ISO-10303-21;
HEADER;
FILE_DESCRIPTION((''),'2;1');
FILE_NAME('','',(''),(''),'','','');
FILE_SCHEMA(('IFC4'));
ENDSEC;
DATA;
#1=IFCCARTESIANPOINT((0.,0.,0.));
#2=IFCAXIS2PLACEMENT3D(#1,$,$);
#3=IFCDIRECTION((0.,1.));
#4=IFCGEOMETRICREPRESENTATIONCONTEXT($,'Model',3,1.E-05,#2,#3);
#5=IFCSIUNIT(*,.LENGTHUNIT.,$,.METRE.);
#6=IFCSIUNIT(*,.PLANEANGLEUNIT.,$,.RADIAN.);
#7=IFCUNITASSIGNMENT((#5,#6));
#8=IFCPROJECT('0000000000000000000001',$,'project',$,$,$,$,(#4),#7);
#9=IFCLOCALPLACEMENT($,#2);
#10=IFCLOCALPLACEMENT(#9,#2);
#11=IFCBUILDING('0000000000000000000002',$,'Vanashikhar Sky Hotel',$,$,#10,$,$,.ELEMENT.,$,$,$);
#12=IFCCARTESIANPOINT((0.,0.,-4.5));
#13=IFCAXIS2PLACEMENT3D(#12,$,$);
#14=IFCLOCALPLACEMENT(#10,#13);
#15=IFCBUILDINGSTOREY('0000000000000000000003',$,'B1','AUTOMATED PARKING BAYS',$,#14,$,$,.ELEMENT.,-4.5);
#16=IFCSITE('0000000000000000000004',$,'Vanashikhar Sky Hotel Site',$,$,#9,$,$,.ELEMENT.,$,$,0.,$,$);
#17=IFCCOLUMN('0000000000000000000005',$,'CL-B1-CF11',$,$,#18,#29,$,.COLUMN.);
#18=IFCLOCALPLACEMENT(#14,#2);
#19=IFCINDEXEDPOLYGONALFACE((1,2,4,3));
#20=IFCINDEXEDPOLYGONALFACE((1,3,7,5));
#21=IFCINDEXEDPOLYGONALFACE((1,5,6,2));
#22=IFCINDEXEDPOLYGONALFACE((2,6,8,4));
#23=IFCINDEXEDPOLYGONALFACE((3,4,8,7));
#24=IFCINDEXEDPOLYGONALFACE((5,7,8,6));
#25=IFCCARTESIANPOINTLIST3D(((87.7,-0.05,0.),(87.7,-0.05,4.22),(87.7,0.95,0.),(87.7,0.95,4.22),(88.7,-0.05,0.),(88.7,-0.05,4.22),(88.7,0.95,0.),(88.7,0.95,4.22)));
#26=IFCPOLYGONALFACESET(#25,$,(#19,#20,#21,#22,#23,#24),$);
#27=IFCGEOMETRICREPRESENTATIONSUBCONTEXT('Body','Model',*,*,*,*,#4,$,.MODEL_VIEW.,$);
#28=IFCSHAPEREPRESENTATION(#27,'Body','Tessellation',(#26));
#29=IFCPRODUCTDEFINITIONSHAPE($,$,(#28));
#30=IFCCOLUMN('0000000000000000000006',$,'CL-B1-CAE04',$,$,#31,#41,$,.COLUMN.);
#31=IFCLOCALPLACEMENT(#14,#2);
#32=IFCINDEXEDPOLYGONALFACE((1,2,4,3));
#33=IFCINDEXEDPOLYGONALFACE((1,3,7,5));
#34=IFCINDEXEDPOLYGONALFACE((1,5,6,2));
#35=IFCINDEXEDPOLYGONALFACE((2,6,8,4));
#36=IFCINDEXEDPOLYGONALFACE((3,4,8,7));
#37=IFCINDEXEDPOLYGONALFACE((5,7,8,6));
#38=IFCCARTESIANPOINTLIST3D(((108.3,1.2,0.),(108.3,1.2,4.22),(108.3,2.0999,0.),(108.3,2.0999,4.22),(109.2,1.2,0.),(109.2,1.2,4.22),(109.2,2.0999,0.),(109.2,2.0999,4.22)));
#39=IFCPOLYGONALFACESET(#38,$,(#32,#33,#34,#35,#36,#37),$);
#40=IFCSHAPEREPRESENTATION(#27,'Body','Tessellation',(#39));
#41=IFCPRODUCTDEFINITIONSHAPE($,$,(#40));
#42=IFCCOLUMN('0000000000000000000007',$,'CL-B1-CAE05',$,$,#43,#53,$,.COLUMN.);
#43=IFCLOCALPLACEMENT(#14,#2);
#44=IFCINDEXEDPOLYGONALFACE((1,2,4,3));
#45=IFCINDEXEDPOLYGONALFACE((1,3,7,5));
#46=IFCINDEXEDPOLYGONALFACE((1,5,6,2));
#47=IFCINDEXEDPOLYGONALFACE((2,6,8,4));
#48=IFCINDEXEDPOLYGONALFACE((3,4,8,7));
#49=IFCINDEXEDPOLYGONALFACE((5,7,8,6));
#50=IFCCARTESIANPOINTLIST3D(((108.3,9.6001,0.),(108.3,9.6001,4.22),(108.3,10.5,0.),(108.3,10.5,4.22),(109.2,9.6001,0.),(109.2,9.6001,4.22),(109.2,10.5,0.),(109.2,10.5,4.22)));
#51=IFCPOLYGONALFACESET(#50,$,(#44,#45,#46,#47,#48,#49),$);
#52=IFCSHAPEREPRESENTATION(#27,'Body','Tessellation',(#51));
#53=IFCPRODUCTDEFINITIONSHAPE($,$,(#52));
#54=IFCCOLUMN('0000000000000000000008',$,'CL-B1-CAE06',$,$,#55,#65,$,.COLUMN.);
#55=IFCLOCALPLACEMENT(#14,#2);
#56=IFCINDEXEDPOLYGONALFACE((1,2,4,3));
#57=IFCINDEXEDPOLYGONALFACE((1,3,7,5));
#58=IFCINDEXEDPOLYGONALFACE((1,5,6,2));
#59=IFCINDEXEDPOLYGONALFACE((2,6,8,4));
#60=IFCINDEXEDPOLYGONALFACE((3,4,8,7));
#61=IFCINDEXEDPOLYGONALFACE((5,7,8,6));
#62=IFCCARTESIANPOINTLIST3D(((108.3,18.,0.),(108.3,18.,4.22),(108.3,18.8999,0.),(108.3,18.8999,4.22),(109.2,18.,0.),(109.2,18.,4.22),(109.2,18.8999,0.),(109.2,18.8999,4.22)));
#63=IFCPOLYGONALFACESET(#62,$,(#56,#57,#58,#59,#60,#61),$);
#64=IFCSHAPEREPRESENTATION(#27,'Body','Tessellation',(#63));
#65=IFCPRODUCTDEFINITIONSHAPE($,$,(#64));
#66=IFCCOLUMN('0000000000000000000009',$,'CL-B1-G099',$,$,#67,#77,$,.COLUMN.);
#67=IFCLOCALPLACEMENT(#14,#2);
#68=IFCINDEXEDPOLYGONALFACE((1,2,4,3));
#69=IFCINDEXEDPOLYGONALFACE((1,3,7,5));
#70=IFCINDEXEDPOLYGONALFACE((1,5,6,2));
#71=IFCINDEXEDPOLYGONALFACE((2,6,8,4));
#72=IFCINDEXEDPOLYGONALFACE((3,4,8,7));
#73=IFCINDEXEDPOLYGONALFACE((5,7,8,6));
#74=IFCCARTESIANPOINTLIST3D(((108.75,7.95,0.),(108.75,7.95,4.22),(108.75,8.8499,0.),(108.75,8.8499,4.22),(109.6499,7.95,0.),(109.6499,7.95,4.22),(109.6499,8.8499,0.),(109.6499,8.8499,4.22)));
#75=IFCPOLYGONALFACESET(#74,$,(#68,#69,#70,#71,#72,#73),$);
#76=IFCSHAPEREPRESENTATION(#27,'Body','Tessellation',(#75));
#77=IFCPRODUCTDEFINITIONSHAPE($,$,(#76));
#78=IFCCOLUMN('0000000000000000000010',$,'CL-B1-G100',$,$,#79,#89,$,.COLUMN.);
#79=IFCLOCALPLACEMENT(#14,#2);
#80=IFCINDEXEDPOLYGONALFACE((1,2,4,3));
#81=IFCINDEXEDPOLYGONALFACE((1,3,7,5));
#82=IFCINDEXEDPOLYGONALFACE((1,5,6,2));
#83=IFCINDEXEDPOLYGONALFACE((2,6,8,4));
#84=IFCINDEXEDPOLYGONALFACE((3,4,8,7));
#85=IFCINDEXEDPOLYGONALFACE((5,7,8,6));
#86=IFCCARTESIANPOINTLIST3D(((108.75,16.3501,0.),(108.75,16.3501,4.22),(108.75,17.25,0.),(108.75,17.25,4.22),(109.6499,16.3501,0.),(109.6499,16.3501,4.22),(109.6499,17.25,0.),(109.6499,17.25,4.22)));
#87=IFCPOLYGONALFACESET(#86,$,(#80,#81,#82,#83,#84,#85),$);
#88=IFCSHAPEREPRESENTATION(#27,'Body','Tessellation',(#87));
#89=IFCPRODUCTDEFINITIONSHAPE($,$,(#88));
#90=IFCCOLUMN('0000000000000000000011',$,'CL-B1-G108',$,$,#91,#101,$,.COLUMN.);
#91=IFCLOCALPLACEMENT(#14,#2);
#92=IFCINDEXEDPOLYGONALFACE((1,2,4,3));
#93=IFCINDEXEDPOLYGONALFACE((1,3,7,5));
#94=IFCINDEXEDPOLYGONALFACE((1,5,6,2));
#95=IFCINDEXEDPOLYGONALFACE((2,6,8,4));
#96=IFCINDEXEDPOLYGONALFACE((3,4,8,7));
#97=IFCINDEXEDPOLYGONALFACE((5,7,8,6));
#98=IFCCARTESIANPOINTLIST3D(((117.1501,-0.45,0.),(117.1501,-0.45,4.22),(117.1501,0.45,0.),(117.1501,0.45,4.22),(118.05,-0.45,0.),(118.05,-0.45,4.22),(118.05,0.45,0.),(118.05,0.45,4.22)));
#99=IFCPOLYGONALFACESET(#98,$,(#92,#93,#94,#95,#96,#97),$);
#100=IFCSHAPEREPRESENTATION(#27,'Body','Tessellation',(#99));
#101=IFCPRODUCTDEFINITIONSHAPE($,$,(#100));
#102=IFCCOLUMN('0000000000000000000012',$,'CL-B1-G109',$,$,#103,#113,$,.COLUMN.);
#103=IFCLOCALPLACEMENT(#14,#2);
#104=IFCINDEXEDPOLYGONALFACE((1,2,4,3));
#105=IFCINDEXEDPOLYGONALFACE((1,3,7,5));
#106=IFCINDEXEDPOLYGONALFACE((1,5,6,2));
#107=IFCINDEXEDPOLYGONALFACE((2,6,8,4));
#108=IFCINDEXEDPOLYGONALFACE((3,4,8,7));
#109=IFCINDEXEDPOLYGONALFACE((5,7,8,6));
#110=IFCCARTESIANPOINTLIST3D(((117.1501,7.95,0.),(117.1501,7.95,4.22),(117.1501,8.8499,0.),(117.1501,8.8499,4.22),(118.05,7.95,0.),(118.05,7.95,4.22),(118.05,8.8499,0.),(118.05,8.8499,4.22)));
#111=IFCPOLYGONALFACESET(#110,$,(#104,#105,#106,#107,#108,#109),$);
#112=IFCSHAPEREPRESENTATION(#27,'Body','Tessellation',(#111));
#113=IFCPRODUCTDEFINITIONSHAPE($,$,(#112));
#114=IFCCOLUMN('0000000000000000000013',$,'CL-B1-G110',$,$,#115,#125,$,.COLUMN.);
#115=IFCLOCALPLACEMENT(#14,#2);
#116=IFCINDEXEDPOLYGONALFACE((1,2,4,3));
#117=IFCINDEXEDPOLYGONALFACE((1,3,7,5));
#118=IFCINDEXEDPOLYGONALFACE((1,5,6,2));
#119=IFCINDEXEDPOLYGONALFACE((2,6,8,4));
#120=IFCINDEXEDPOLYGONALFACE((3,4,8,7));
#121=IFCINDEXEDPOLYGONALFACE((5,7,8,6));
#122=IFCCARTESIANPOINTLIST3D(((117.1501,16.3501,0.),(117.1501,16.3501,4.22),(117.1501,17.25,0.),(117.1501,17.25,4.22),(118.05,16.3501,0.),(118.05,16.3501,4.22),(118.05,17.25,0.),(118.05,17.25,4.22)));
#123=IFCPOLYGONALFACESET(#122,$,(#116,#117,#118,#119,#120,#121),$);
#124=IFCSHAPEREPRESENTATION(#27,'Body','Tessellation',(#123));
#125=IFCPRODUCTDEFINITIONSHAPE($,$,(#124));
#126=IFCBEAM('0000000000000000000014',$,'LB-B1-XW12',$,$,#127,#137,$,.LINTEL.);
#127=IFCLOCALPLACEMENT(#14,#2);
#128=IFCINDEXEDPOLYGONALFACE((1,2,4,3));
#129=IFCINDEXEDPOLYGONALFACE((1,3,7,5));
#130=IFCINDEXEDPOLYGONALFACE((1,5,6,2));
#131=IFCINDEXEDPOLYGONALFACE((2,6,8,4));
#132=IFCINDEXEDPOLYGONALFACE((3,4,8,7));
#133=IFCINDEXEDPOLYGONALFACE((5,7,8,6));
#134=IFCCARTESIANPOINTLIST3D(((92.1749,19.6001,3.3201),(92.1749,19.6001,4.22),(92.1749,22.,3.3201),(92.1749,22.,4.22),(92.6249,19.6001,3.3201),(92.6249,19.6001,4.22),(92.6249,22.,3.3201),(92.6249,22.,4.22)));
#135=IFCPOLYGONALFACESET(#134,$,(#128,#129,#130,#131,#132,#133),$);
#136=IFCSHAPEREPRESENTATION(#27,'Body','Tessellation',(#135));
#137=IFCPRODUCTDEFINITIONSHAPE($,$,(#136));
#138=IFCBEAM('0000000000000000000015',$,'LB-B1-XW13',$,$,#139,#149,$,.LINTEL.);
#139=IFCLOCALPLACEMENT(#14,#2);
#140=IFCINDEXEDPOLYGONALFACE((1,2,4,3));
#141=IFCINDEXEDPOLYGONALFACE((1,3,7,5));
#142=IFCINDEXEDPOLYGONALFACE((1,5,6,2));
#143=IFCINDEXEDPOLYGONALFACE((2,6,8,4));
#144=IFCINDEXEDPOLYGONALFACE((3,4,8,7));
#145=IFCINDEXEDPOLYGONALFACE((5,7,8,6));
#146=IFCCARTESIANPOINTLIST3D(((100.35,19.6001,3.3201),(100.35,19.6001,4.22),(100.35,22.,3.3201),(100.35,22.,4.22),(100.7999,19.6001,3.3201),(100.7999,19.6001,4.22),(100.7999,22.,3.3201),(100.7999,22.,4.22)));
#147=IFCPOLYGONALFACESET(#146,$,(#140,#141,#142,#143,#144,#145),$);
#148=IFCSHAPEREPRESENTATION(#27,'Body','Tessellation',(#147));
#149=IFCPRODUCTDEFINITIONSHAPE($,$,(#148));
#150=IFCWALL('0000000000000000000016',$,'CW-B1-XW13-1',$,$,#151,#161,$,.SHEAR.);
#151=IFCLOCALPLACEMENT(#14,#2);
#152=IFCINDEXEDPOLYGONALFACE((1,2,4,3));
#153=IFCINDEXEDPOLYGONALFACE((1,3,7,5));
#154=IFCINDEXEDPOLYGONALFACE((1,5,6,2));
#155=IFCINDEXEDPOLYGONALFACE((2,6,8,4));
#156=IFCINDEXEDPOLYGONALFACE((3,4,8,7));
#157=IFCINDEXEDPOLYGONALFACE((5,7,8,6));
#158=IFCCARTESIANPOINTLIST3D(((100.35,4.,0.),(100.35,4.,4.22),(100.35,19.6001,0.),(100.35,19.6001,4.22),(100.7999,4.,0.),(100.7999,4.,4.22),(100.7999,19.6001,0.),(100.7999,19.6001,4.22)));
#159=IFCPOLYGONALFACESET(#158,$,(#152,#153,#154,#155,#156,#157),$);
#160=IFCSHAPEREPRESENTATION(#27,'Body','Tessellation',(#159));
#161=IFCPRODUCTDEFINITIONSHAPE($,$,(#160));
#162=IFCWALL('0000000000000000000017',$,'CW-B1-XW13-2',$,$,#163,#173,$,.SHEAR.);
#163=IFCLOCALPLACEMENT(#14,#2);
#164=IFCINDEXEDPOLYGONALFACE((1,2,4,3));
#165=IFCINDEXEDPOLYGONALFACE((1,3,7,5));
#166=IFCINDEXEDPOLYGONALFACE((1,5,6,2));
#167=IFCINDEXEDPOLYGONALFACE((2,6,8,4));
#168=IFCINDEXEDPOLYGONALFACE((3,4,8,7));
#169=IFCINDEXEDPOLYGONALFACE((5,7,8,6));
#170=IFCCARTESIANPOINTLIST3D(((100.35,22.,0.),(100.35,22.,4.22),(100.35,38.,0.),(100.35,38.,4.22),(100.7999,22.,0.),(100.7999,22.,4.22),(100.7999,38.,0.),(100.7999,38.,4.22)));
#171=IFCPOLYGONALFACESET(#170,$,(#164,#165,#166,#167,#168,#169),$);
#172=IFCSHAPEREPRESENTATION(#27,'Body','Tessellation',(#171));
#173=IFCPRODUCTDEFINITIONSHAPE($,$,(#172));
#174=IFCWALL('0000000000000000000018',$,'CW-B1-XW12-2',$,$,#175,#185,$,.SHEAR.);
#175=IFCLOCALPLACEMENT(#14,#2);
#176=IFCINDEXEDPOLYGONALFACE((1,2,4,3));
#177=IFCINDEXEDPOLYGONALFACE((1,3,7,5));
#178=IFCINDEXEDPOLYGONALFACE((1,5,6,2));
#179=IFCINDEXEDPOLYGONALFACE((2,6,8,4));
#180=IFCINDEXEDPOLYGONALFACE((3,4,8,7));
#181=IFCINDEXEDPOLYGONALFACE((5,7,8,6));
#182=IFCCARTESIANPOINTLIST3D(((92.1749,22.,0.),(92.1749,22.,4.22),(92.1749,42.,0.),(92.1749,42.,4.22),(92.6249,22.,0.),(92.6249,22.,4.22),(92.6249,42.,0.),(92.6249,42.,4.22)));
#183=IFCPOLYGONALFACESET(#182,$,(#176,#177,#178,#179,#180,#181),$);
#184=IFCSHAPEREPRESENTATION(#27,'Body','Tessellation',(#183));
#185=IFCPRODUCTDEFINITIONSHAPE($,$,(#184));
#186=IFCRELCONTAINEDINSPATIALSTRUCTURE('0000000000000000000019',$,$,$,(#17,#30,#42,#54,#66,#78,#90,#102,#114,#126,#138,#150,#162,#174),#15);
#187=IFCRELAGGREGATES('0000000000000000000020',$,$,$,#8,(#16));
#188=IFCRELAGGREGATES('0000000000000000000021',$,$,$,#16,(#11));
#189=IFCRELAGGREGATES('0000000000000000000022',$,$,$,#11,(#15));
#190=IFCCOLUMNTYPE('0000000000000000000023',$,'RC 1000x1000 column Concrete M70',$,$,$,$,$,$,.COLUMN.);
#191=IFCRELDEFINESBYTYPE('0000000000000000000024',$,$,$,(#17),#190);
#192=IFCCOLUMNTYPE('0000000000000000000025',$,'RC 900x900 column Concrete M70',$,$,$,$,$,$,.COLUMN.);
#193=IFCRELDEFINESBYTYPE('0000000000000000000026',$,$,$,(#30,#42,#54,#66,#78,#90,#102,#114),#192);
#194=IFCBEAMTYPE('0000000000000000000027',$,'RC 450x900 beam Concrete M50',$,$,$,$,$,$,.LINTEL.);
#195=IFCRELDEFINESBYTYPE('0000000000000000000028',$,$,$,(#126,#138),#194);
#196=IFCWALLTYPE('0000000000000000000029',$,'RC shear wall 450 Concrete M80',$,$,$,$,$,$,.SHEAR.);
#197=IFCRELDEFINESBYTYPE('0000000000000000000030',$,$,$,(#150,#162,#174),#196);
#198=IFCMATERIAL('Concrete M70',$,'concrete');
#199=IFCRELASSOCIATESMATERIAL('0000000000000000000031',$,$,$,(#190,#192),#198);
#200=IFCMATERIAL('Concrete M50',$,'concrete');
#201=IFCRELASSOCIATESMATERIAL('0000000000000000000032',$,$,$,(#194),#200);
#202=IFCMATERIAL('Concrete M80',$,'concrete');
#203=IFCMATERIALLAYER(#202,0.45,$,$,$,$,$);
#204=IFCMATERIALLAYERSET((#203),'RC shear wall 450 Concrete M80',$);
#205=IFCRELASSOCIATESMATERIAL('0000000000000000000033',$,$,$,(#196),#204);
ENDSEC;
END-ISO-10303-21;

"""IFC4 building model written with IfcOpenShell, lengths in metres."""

from ifc_helpers import new_model, si_unit, direction, frame, frame_2d, origin, origin_2d, place, context, subcontext, project, spatial, rectangle, extrude, source, transform, mapped, material, layer, layer_set, material_profile, profile_set, type_object, element, save


model = new_model("IFC4")

# Units and contexts
model_context = context("Model", 3, precision=1e-05, world=origin(), true_north=direction((0.0, 1.0)))
body_context = subcontext(model_context, "Body", "Model", "MODEL_VIEW")
ifc_project = project(units=[si_unit("LENGTHUNIT", "METRE"), si_unit("PLANEANGLEUNIT", "RADIAN")], contexts=[model_context])

# Site, building, storey
site_placement = place(None, origin())
site = spatial("IfcSite", under=ifc_project, at=site_placement, Name="Vanashikhar Sky Hotel Site", CompositionType="ELEMENT", RefElevation=0.0)
building_placement = place(site_placement, origin())
building = spatial("IfcBuilding", under=site, at=building_placement, Name="Vanashikhar Sky Hotel", CompositionType="ELEMENT")
storey_placement = place(building_placement, frame((0.0, 0.0, -4.5)))
storey = spatial("IfcBuildingStorey", under=building, at=storey_placement, Name="B1", Description="AUTOMATED PARKING BAYS", CompositionType="ELEMENT", Elevation=-4.5)

# Columns
ifc_material_1 = material(Name="Concrete M70", Category="concrete")
ifc_material_profile_1 = material_profile(ifc_material_1, rectangle(XDim=1.0, YDim=1.0, at=origin_2d()))
ifc_profile_set_1 = profile_set([ifc_material_profile_1], Name="RC 1000x1000 column Concrete M70")
column_type_1 = type_object("IfcColumnType", Name="RC 1000x1000 column Concrete M70", PredefinedType="COLUMN", material=ifc_profile_set_1)
shared_shape_1 = source(origin(), body_context, "Body", "SweptSolid", [
    extrude(rectangle(XDim=1.0, YDim=1.0, at=origin_2d()), origin(), (0.0, 0.0, 1.0), 4.22),
])
column_placement = place(storey_placement, frame((88.2, 0.45, 0.0), z_axis=(0.0, 0.0, 1.0), x_axis=(1.0, 0.0, 0.0)))
element("IfcColumn", 1, at=column_placement, inside=storey, type_object=column_type_1, Name="CL-B1-CF11", PredefinedType="COLUMN", context=body_context, shape_type="MappedRepresentation", body=[
    mapped(shared_shape_1, transform((0.0, 0.0, 0.0), scale=1.0)),
])
ifc_material_profile_2 = material_profile(ifc_material_1, rectangle(XDim=0.8999, YDim=0.8999, at=origin_2d()))
ifc_profile_set_2 = profile_set([ifc_material_profile_2], Name="RC 900x900 column Concrete M70")
column_type_2 = type_object("IfcColumnType", Name="RC 900x900 column Concrete M70", PredefinedType="COLUMN", material=ifc_profile_set_2)
shared_shape_2 = source(origin(), body_context, "Body", "SweptSolid", [
    extrude(rectangle(XDim=0.8999, YDim=0.8999, at=origin_2d()), origin(), (0.0, 0.0, 1.0), 4.22),
])
for number, where, z_axis, x_axis, name in (
    (2, (108.75, 1.6499, 0.0), (0.0, 0.0, 1.0), (1.0, 0.0, 0.0), "CL-B1-CAE04"),
    (3, (108.75, 10.05, 0.0), (0.0, 0.0, 1.0), (1.0, 0.0, 0.0), "CL-B1-CAE05"),
    (4, (108.75, 18.45, 0.0), (0.0, 0.0, 1.0), (1.0, 0.0, 0.0), "CL-B1-CAE06"),
    (5, (109.2, 8.3999, 0.0), (0.0, 0.0, 1.0), (1.0, 0.0, 0.0), "CL-B1-G099"),
    (6, (109.2, 16.8, 0.0), (0.0, 0.0, 1.0), (1.0, 0.0, 0.0), "CL-B1-G100"),
    (7, (117.6001, 0.0, 0.0), (0.0, 0.0, 1.0), (1.0, 0.0, 0.0), "CL-B1-G108"),
    (8, (117.6001, 8.3999, 0.0), (0.0, 0.0, 1.0), (1.0, 0.0, 0.0), "CL-B1-G109"),
    (9, (117.6001, 16.8, 0.0), (0.0, 0.0, 1.0), (1.0, 0.0, 0.0), "CL-B1-G110"),
):
    element("IfcColumn", number, at=place(storey_placement, frame(where, z_axis=z_axis, x_axis=x_axis)), inside=storey, type_object=column_type_2, Name=name, PredefinedType="COLUMN", context=body_context, shape_type="MappedRepresentation", body=[
        mapped(shared_shape_2, transform((0.0, 0.0, 0.0), scale=1.0)),
    ])

# Beams
ifc_material_2 = material(Name="Concrete M50", Category="concrete")
ifc_material_profile_3 = material_profile(ifc_material_2, rectangle(XDim=0.45, YDim=0.8999, at=origin_2d()))
ifc_profile_set_3 = profile_set([ifc_material_profile_3], Name="RC 450x900 beam Concrete M50")
beam_type = type_object("IfcBeamType", Name="RC 450x900 beam Concrete M50", PredefinedType="LINTEL", material=ifc_profile_set_3)
shared_shape_3 = source(origin(), body_context, "Body", "SweptSolid", [
    extrude(rectangle(XDim=0.45, YDim=0.8999, at=origin_2d()), origin(), (0.0, 0.0, 1.0), 2.3999),
])
for number, where, z_axis, x_axis, name in (
    (10, (92.3999, 19.6001, 3.77), (0.0, 1.0, 0.0), (-1.0, 0.0, 0.0), "LB-B1-XW12"),
    (11, (100.575, 19.6001, 3.77), (0.0, 1.0, 0.0), (-1.0, 0.0, 0.0), "LB-B1-XW13"),
):
    element("IfcBeam", number, at=place(storey_placement, frame(where, z_axis=z_axis, x_axis=x_axis)), inside=storey, type_object=beam_type, Name=name, PredefinedType="LINTEL", context=body_context, shape_type="MappedRepresentation", body=[
        mapped(shared_shape_3, transform((0.0, 0.0, 0.0), scale=1.0)),
    ])

# Walls
ifc_material_3 = material(Name="Concrete M80", Category="concrete")
ifc_layer_1 = layer(ifc_material_3, 0.45)
ifc_layer_set_1 = layer_set([ifc_layer_1], Name="RC shear wall 450 Concrete M80")
wall_type_1 = type_object("IfcWallType", Name="RC shear wall 450 Concrete M80", PredefinedType="SHEAR", material=ifc_layer_set_1)
shared_shape_4 = source(origin(), body_context, "Body", "SweptSolid", [
    extrude(rectangle(XDim=15.6001, YDim=0.45, at=frame_2d((7.8, 0.0))), origin(), (0.0, 0.0, 1.0), 4.22),
])
wall_1_placement = place(storey_placement, frame((100.575, 4.0, 0.0), z_axis=(0.0, 0.0, 1.0), x_axis=(0.0, 1.0, 0.0)))
element("IfcWall", 12, at=wall_1_placement, inside=storey, type_object=wall_type_1, Name="CW-B1-XW13-1", PredefinedType="SHEAR", context=body_context, shape_type="MappedRepresentation", body=[
    mapped(shared_shape_4, transform((0.0, 0.0, 0.0), scale=1.0)),
])
shared_shape_5 = source(origin(), body_context, "Body", "SweptSolid", [
    extrude(rectangle(XDim=16.0, YDim=0.45, at=frame_2d((8.0, 0.0))), origin(), (0.0, 0.0, 1.0), 4.22),
])
wall_2_placement = place(storey_placement, frame((100.575, 22.0, 0.0), z_axis=(0.0, 0.0, 1.0), x_axis=(0.0, 1.0, 0.0)))
element("IfcWall", 13, at=wall_2_placement, inside=storey, type_object=wall_type_1, Name="CW-B1-XW13-2", PredefinedType="SHEAR", context=body_context, shape_type="MappedRepresentation", body=[
    mapped(shared_shape_5, transform((0.0, 0.0, 0.0), scale=1.0)),
])
shared_shape_6 = source(origin(), body_context, "Body", "SweptSolid", [
    extrude(rectangle(XDim=20.0, YDim=0.45, at=frame_2d((10.0, 0.0))), origin(), (0.0, 0.0, 1.0), 4.22),
])
wall_3_placement = place(storey_placement, frame((92.3999, 22.0, 0.0), z_axis=(0.0, 0.0, 1.0), x_axis=(0.0, 1.0, 0.0)))
element("IfcWall", 14, at=wall_3_placement, inside=storey, type_object=wall_type_1, Name="CW-B1-XW12-2", PredefinedType="SHEAR", context=body_context, shape_type="MappedRepresentation", body=[
    mapped(shared_shape_6, transform((0.0, 0.0, 0.0), scale=1.0)),
])

save(model, "model.ifc")
